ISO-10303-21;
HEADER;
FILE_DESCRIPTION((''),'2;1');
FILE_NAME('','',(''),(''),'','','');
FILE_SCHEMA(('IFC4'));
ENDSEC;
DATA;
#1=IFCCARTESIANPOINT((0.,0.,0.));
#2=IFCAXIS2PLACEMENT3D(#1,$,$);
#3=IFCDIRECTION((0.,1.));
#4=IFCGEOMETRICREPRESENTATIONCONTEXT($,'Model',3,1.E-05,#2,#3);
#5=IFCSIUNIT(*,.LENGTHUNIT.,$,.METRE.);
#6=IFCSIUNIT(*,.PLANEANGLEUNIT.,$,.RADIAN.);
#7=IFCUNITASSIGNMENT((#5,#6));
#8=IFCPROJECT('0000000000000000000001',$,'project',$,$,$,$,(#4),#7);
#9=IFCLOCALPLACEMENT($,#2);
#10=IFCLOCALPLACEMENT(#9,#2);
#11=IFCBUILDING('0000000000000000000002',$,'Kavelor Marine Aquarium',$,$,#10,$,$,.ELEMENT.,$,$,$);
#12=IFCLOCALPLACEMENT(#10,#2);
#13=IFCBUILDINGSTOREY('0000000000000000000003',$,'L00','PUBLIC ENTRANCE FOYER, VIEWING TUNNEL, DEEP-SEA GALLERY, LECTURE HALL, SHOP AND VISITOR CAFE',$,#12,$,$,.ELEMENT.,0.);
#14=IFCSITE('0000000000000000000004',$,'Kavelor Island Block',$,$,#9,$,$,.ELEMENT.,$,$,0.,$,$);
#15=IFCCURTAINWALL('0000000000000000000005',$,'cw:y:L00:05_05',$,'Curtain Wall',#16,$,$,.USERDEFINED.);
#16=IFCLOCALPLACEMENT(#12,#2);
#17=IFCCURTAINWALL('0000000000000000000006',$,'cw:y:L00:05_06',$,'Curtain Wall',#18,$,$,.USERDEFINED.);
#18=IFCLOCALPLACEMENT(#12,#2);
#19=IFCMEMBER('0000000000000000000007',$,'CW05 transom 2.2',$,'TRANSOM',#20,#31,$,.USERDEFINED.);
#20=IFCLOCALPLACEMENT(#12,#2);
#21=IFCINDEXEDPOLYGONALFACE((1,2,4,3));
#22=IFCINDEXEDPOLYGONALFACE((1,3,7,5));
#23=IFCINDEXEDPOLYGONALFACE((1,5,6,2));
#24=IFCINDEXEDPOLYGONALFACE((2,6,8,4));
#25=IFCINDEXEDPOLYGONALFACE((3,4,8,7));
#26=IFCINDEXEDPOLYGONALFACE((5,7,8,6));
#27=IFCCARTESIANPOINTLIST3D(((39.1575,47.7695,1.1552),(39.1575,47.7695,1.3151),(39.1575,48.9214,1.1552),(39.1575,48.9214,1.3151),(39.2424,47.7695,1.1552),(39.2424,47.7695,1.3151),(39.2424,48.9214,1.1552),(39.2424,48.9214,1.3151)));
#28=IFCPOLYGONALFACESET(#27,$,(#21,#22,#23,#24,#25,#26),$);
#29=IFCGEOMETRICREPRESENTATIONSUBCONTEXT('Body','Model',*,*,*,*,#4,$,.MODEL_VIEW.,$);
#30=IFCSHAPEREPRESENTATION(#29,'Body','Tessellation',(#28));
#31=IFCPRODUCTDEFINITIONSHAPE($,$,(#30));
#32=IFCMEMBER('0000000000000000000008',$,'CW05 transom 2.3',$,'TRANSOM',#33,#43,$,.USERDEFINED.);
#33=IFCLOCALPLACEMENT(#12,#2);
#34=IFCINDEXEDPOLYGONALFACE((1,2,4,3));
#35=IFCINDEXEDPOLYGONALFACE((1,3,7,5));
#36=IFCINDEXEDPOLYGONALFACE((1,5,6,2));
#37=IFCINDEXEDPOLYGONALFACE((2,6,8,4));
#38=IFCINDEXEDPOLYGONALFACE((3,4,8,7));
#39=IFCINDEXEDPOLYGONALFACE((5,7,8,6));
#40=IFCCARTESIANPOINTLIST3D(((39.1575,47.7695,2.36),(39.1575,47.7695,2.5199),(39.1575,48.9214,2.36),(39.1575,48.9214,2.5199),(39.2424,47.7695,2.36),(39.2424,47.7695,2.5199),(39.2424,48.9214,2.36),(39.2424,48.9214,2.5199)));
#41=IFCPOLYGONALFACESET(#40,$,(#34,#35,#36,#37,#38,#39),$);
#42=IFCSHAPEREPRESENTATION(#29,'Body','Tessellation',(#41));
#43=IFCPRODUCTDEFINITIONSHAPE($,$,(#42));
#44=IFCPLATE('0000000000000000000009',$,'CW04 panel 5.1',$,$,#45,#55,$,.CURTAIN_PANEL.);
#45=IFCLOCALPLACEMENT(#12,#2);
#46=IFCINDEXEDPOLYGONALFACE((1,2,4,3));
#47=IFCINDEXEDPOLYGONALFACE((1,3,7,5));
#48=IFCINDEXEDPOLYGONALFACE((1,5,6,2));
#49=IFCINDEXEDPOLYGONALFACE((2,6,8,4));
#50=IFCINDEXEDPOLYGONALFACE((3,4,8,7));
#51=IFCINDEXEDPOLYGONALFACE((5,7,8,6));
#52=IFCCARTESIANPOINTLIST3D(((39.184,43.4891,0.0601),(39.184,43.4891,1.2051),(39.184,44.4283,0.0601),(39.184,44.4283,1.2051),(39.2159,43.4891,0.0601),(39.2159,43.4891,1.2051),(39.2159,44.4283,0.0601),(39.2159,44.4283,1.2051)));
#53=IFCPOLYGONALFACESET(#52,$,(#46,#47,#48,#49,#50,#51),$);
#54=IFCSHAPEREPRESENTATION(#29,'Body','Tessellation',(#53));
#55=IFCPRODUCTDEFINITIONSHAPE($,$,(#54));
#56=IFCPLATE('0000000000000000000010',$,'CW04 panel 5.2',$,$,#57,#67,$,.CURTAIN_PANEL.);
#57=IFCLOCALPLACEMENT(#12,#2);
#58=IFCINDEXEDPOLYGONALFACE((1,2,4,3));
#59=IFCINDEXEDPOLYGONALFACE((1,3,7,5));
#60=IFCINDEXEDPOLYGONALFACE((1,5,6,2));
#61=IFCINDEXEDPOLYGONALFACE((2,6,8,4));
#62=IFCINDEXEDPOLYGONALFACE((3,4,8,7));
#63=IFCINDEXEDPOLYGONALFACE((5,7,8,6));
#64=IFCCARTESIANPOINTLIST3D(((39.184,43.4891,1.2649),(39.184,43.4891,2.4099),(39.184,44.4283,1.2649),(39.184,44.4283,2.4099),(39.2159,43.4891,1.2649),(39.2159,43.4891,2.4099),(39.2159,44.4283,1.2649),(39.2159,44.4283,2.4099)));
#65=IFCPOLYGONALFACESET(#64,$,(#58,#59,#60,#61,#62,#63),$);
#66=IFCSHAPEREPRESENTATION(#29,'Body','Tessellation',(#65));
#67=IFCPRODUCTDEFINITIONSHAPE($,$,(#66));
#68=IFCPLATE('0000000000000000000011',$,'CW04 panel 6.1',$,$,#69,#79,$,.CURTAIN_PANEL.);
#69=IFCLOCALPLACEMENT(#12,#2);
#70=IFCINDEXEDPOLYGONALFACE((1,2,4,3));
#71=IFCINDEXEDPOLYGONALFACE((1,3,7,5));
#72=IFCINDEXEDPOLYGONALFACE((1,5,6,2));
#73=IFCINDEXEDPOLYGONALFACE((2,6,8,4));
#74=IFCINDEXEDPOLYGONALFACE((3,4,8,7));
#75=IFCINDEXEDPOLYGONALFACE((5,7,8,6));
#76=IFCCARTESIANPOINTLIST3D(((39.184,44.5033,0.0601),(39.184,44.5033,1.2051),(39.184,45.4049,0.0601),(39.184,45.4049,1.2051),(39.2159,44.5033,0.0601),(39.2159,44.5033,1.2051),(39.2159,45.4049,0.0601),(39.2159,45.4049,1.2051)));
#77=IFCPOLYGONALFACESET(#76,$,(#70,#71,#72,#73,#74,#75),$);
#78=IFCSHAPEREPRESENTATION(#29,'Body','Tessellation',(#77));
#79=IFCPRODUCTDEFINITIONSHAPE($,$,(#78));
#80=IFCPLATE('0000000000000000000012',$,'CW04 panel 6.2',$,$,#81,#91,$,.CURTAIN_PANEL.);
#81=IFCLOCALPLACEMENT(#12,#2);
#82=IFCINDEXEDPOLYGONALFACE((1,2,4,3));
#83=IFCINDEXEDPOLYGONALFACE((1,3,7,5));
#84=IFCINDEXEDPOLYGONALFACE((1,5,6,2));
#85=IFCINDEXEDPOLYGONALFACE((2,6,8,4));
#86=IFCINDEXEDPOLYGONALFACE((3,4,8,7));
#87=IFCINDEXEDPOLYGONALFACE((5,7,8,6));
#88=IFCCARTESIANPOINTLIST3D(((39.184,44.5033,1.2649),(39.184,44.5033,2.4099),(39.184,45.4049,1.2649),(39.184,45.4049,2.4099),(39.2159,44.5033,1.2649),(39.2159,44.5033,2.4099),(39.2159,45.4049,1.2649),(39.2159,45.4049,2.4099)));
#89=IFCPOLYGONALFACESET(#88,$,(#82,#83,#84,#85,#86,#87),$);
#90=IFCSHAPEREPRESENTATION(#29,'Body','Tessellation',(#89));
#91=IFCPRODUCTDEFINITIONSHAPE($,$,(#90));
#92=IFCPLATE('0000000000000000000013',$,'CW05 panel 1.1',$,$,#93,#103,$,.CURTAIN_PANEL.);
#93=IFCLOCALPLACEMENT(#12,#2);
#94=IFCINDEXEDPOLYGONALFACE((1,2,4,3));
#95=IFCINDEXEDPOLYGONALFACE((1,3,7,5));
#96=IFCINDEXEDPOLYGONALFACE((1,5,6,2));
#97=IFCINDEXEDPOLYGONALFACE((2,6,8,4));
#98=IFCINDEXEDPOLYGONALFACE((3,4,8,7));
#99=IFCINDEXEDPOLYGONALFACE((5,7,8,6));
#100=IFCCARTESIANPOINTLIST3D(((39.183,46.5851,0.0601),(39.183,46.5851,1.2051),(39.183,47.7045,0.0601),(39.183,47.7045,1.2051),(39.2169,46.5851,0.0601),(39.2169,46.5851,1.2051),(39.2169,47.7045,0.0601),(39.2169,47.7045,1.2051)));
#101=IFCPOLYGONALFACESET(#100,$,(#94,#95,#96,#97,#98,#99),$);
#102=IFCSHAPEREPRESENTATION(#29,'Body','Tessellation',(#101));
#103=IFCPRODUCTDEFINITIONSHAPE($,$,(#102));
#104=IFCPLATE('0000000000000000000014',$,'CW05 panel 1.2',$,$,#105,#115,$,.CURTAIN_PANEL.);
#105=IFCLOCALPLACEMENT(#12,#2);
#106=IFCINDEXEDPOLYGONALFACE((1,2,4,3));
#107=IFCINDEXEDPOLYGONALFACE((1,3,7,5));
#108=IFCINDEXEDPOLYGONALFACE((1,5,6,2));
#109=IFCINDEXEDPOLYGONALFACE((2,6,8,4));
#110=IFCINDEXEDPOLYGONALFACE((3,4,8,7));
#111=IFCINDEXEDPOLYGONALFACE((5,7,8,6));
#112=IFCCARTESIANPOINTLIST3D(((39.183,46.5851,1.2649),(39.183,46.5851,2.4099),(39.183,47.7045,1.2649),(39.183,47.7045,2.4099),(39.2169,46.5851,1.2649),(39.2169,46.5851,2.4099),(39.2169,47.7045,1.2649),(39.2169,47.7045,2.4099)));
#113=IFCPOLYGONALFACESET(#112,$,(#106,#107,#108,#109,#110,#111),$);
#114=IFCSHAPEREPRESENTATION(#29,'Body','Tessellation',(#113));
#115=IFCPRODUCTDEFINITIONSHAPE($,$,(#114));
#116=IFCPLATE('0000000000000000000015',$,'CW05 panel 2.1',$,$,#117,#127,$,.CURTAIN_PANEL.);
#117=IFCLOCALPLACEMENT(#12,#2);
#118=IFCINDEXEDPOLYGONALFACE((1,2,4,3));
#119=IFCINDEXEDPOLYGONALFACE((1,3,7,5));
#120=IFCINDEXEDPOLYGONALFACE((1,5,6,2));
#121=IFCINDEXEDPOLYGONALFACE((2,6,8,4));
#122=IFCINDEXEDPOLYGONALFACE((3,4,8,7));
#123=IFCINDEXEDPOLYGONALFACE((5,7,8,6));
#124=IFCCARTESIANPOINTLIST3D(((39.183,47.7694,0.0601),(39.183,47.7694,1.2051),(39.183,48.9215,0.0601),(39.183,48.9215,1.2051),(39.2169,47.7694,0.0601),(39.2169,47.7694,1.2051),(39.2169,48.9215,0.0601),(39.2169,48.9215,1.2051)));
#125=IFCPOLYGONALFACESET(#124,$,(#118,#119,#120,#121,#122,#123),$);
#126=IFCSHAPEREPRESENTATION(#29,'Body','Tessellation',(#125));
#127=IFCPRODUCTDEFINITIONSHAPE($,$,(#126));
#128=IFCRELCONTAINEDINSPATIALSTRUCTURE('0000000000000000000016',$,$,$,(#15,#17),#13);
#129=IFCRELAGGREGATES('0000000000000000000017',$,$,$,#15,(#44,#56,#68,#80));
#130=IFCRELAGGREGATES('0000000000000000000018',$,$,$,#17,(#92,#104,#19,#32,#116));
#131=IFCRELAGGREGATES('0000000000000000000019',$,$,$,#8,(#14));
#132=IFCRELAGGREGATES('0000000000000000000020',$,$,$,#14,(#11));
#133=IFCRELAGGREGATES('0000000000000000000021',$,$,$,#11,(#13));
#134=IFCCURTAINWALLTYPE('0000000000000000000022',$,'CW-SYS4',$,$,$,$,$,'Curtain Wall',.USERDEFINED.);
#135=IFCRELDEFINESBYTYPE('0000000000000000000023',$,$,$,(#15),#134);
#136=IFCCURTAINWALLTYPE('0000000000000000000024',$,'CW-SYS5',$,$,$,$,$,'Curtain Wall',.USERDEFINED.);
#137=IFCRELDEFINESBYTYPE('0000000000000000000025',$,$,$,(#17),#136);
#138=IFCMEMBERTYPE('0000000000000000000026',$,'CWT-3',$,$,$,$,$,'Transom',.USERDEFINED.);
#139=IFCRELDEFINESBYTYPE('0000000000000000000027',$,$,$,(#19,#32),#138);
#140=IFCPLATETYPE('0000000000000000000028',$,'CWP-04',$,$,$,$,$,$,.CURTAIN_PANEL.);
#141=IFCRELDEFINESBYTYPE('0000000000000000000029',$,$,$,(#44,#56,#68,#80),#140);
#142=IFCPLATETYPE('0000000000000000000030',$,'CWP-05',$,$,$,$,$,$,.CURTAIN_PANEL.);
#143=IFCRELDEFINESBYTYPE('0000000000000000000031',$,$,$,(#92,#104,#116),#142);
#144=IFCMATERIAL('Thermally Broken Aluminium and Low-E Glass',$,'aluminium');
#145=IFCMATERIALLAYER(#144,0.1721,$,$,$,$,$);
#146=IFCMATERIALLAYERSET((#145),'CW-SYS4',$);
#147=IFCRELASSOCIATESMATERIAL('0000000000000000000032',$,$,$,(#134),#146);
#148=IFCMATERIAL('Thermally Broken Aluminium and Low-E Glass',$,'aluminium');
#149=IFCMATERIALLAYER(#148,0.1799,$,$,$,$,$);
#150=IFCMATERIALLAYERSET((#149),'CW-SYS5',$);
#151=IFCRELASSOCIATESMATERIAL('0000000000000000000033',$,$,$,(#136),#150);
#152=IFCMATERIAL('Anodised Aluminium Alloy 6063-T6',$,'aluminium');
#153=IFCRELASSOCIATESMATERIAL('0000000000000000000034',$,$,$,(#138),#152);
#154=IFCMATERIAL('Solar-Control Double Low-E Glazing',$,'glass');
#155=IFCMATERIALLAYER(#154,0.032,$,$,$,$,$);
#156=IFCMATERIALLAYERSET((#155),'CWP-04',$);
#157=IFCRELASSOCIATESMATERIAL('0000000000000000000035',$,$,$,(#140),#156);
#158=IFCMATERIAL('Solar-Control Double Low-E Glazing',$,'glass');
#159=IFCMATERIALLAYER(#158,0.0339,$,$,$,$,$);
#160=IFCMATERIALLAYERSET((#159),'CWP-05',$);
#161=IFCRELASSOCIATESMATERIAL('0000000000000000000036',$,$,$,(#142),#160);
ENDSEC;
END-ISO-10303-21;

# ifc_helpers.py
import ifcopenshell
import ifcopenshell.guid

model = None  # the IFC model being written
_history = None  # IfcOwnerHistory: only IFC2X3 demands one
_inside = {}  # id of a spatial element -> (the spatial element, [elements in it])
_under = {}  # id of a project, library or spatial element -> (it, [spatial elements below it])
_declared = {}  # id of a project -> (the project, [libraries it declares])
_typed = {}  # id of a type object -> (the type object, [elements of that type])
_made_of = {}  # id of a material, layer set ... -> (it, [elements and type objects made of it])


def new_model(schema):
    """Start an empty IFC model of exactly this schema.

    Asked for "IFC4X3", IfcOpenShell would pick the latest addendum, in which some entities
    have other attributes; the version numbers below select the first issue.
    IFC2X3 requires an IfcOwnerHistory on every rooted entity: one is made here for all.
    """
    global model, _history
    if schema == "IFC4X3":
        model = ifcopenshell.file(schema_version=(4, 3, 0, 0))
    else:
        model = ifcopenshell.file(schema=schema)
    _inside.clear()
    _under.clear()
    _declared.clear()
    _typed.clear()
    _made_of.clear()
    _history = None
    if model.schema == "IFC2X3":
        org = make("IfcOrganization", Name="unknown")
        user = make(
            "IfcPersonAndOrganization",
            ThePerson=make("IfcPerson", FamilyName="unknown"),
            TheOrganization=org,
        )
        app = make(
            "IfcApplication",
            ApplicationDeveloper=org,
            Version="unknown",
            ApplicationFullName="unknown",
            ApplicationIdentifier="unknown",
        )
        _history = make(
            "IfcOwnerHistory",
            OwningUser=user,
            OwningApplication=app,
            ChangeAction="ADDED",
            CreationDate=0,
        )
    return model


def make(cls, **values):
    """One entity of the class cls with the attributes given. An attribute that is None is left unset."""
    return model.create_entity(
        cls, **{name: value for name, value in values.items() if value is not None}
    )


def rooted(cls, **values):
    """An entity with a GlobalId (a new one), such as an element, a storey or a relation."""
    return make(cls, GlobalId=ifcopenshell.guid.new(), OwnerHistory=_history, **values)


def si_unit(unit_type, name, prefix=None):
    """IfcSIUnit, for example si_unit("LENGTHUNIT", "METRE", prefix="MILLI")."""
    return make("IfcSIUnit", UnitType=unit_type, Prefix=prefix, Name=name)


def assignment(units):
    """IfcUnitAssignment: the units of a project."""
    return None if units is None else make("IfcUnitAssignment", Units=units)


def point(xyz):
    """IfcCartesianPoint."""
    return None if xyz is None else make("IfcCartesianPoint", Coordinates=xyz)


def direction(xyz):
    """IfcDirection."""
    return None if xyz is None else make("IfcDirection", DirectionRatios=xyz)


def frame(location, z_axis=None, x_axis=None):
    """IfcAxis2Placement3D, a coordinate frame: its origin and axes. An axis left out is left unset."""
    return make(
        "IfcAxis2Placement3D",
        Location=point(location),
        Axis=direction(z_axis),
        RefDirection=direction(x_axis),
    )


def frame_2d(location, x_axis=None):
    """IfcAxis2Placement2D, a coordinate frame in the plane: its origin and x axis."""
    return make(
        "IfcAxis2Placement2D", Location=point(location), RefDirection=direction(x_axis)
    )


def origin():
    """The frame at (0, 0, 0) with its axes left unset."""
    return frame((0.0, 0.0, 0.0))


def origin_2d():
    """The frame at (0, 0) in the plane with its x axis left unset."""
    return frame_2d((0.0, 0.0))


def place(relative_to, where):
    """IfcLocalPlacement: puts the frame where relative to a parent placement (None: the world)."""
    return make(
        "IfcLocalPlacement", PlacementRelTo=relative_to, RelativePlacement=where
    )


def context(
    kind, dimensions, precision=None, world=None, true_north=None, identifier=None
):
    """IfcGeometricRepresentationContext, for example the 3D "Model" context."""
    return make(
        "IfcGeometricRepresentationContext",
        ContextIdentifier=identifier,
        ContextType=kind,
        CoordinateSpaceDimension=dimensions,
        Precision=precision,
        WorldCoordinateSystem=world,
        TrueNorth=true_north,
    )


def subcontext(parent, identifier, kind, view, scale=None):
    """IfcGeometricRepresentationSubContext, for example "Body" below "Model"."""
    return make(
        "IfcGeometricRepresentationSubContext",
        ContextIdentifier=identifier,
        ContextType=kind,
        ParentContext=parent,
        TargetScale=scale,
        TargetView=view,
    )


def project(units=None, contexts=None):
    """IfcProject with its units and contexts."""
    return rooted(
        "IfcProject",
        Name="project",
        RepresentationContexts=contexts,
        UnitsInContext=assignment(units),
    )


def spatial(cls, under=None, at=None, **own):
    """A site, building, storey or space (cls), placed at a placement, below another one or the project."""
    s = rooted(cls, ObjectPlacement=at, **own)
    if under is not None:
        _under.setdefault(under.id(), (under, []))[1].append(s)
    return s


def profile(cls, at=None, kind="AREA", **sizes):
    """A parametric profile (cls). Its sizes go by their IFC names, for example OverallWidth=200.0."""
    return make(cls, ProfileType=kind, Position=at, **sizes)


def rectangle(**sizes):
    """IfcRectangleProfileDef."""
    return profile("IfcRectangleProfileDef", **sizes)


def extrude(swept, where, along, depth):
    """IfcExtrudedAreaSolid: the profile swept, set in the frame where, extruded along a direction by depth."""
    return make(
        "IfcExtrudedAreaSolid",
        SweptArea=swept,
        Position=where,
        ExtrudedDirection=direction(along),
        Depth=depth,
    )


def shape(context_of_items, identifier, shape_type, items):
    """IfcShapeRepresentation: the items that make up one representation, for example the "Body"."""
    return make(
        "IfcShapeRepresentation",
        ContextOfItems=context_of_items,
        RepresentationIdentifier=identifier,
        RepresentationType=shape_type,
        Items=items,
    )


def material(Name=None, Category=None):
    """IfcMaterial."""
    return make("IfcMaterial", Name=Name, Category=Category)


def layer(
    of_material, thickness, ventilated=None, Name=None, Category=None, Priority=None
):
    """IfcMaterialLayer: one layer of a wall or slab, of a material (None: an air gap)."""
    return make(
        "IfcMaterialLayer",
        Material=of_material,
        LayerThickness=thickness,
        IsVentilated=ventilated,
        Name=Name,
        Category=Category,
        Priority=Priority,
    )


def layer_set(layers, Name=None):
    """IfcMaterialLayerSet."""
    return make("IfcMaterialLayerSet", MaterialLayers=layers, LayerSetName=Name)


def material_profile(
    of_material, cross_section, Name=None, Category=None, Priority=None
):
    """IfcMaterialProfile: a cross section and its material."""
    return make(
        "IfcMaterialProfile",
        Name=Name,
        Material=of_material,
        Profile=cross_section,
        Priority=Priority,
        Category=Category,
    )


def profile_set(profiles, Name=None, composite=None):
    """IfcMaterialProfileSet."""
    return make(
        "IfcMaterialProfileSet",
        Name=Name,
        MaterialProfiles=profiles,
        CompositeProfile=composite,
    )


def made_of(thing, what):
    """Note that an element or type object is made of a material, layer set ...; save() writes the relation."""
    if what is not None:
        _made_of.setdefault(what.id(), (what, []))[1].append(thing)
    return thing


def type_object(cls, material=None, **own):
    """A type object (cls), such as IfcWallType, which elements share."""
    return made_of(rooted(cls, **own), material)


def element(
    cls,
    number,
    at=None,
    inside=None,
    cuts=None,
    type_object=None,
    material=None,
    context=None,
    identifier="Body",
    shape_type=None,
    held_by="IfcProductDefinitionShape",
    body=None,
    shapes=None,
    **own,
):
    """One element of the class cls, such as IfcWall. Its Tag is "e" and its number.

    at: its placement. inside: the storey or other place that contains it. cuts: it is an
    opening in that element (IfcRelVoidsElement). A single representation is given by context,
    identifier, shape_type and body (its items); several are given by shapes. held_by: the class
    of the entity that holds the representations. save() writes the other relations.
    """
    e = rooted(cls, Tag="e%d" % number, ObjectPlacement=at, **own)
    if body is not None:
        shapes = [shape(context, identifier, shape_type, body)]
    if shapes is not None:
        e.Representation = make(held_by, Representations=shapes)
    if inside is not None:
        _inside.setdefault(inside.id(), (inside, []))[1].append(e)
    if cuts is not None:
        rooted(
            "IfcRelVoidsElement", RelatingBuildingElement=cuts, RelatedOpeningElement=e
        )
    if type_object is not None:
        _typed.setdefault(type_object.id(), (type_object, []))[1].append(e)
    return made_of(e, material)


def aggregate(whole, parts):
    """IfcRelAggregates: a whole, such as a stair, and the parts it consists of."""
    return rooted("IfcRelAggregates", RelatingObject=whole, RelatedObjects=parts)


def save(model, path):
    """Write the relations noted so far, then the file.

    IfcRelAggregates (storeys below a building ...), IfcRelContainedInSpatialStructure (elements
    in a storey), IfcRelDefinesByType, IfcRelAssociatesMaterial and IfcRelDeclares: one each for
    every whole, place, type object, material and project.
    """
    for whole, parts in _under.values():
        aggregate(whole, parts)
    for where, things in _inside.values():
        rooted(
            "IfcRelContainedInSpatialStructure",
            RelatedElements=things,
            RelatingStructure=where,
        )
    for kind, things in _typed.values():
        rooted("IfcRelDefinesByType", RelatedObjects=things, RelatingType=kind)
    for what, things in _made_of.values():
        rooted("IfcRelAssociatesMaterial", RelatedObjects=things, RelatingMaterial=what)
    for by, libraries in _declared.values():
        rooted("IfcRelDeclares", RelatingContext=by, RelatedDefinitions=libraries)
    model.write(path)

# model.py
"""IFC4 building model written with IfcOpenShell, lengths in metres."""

from ifc_helpers import new_model, si_unit, direction, frame, origin, origin_2d, place, context, subcontext, project, spatial, rectangle, extrude, material, layer, layer_set, material_profile, profile_set, type_object, element, aggregate, save


model = new_model("IFC4")

# Units and contexts
model_context = context("Model", 3, precision=1e-05, world=origin(), true_north=direction((0.0, 1.0)))
body_context = subcontext(model_context, "Body", "Model", "MODEL_VIEW")
ifc_project = project(units=[si_unit("LENGTHUNIT", "METRE"), si_unit("PLANEANGLEUNIT", "RADIAN")], contexts=[model_context])

# Site, building, storey
site_placement = place(None, origin())
site = spatial("IfcSite", under=ifc_project, at=site_placement, Name="Kavelor Island Block", CompositionType="ELEMENT", RefElevation=0.0)
building_placement = place(site_placement, origin())
building = spatial("IfcBuilding", under=site, at=building_placement, Name="Kavelor Marine Aquarium", CompositionType="ELEMENT")
storey_placement = place(building_placement, origin())
storey = spatial("IfcBuildingStorey", under=building, at=storey_placement, Name="L00", Description="PUBLIC ENTRANCE FOYER, VIEWING TUNNEL, DEEP-SEA GALLERY, LECTURE HALL, SHOP AND VISITOR CAFE", CompositionType="ELEMENT", Elevation=0.0)

# Curtain walls
ifc_material_1 = material(Name="Thermally Broken Aluminium and Low-E Glass", Category="aluminium")
ifc_layer_1 = layer(ifc_material_1, 0.1721)
ifc_layer_set_1 = layer_set([ifc_layer_1], Name="CW-SYS4")
curtain_wall_type_1 = type_object("IfcCurtainWallType", Name="CW-SYS4", ElementType="Curtain Wall", PredefinedType="USERDEFINED", material=ifc_layer_set_1)
curtain_wall_1_placement = place(storey_placement, origin())
curtain_wall_1 = element("IfcCurtainWall", 1, at=curtain_wall_1_placement, inside=storey, type_object=curtain_wall_type_1, Name="cw:y:L00:05_05", ObjectType="Curtain Wall", PredefinedType="USERDEFINED")
ifc_material_2 = material(Name="Thermally Broken Aluminium and Low-E Glass", Category="aluminium")
ifc_layer_2 = layer(ifc_material_2, 0.1799)
ifc_layer_set_2 = layer_set([ifc_layer_2], Name="CW-SYS5")
curtain_wall_type_2 = type_object("IfcCurtainWallType", Name="CW-SYS5", ElementType="Curtain Wall", PredefinedType="USERDEFINED", material=ifc_layer_set_2)
curtain_wall_2_placement = place(storey_placement, origin())
curtain_wall_2 = element("IfcCurtainWall", 2, at=curtain_wall_2_placement, inside=storey, type_object=curtain_wall_type_2, Name="cw:y:L00:05_06", ObjectType="Curtain Wall", PredefinedType="USERDEFINED")

# Members
ifc_material_3 = material(Name="Anodised Aluminium Alloy 6063-T6", Category="aluminium")
ifc_material_profile_1 = material_profile(ifc_material_3, rectangle(XDim=0.085, YDim=0.1599, at=origin_2d()), Name="CW-TRN 85x160")
ifc_profile_set_1 = profile_set([ifc_material_profile_1], Name="Anodised Aluminium Alloy 6063-T6")
member_type_1 = type_object("IfcMemberType", Name="CWT-3", ElementType="Transom", PredefinedType="USERDEFINED", material=ifc_profile_set_1)
member_1_placement = place(storey_placement, frame((39.2, 47.7695, 1.2351), z_axis=(0.0, 1.0, 0.0), x_axis=(-1.0, 0.0, 0.0)))
member_1 = element("IfcMember", 3, at=member_1_placement, type_object=member_type_1, Name="CW05 transom 2.2", ObjectType="TRANSOM", PredefinedType="USERDEFINED", context=body_context, shape_type="SweptSolid", body=[
    extrude(rectangle(XDim=0.085, YDim=0.1599, at=origin_2d()), origin(), (0.0, 0.0, 1.0), 1.1519),
])
member_2_placement = place(storey_placement, frame((39.2, 47.7695, 2.4399), z_axis=(0.0, 1.0, 0.0), x_axis=(-1.0, 0.0, 0.0)))
member_2 = element("IfcMember", 4, at=member_2_placement, type_object=member_type_1, Name="CW05 transom 2.3", ObjectType="TRANSOM", PredefinedType="USERDEFINED", context=body_context, shape_type="SweptSolid", body=[
    extrude(rectangle(XDim=0.085, YDim=0.1599, at=origin_2d()), origin(), (0.0, 0.0, 1.0), 1.1519),
])

# Plates
ifc_material_4 = material(Name="Solar-Control Double Low-E Glazing", Category="glass")
ifc_layer_3 = layer(ifc_material_4, 0.032)
ifc_layer_set_3 = layer_set([ifc_layer_3], Name="CWP-04")
plate_type_1 = type_object("IfcPlateType", Name="CWP-04", PredefinedType="CURTAIN_PANEL", material=ifc_layer_set_3)
plate_1_placement = place(storey_placement, frame((39.2, 43.9587, 0.0601), z_axis=(0.0, 0.0, 1.0), x_axis=(0.0, 1.0, 0.0)))
plate_1 = element("IfcPlate", 5, at=plate_1_placement, type_object=plate_type_1, Name="CW04 panel 5.1", PredefinedType="CURTAIN_PANEL", context=body_context, shape_type="SweptSolid", body=[
    extrude(rectangle(XDim=0.9392, YDim=0.032, at=origin_2d()), origin(), (0.0, 0.0, 1.0), 1.145),
])
plate_2_placement = place(storey_placement, frame((39.2, 43.9587, 1.2649), z_axis=(0.0, 0.0, 1.0), x_axis=(0.0, 1.0, 0.0)))
plate_2 = element("IfcPlate", 6, at=plate_2_placement, type_object=plate_type_1, Name="CW04 panel 5.2", PredefinedType="CURTAIN_PANEL", context=body_context, shape_type="SweptSolid", body=[
    extrude(rectangle(XDim=0.9392, YDim=0.032, at=origin_2d()), origin(), (0.0, 0.0, 1.0), 1.145),
])
plate_3_placement = place(storey_placement, frame((39.2, 44.9541, 0.0601), z_axis=(0.0, 0.0, 1.0), x_axis=(0.0, 1.0, 0.0)))
plate_3 = element("IfcPlate", 7, at=plate_3_placement, type_object=plate_type_1, Name="CW04 panel 6.1", PredefinedType="CURTAIN_PANEL", context=body_context, shape_type="SweptSolid", body=[
    extrude(rectangle(XDim=0.9016, YDim=0.032, at=origin_2d()), origin(), (0.0, 0.0, 1.0), 1.145),
])
plate_4_placement = place(storey_placement, frame((39.2, 44.9541, 1.2649), z_axis=(0.0, 0.0, 1.0), x_axis=(0.0, 1.0, 0.0)))
plate_4 = element("IfcPlate", 8, at=plate_4_placement, type_object=plate_type_1, Name="CW04 panel 6.2", PredefinedType="CURTAIN_PANEL", context=body_context, shape_type="SweptSolid", body=[
    extrude(rectangle(XDim=0.9016, YDim=0.032, at=origin_2d()), origin(), (0.0, 0.0, 1.0), 1.145),
])
aggregate(curtain_wall_1, [plate_1, plate_2, plate_3, plate_4])
ifc_material_5 = material(Name="Solar-Control Double Low-E Glazing", Category="glass")
ifc_layer_4 = layer(ifc_material_5, 0.0339)
ifc_layer_set_4 = layer_set([ifc_layer_4], Name="CWP-05")
plate_type_2 = type_object("IfcPlateType", Name="CWP-05", PredefinedType="CURTAIN_PANEL", material=ifc_layer_set_4)
plate_5_placement = place(storey_placement, frame((39.2, 47.1448, 0.0601), z_axis=(0.0, 0.0, 1.0), x_axis=(0.0, 1.0, 0.0)))
plate_5 = element("IfcPlate", 9, at=plate_5_placement, type_object=plate_type_2, Name="CW05 panel 1.1", PredefinedType="CURTAIN_PANEL", context=body_context, shape_type="SweptSolid", body=[
    extrude(rectangle(XDim=1.1194, YDim=0.0339, at=origin_2d()), origin(), (0.0, 0.0, 1.0), 1.145),
])
plate_6_placement = place(storey_placement, frame((39.2, 47.1448, 1.2649), z_axis=(0.0, 0.0, 1.0), x_axis=(0.0, 1.0, 0.0)))
plate_6 = element("IfcPlate", 10, at=plate_6_placement, type_object=plate_type_2, Name="CW05 panel 1.2", PredefinedType="CURTAIN_PANEL", context=body_context, shape_type="SweptSolid", body=[
    extrude(rectangle(XDim=1.1194, YDim=0.0339, at=origin_2d()), origin(), (0.0, 0.0, 1.0), 1.145),
])
plate_7_placement = place(storey_placement, frame((39.2, 48.3455, 0.0601), z_axis=(0.0, 0.0, 1.0), x_axis=(0.0, 1.0, 0.0)))
plate_7 = element("IfcPlate", 11, at=plate_7_placement, type_object=plate_type_2, Name="CW05 panel 2.1", PredefinedType="CURTAIN_PANEL", context=body_context, shape_type="SweptSolid", body=[
    extrude(rectangle(XDim=1.1521, YDim=0.0339, at=origin_2d()), origin(), (0.0, 0.0, 1.0), 1.145),
])
aggregate(curtain_wall_2, [plate_5, plate_6, member_1, member_2, plate_7])

save(model, "model.ifc")
